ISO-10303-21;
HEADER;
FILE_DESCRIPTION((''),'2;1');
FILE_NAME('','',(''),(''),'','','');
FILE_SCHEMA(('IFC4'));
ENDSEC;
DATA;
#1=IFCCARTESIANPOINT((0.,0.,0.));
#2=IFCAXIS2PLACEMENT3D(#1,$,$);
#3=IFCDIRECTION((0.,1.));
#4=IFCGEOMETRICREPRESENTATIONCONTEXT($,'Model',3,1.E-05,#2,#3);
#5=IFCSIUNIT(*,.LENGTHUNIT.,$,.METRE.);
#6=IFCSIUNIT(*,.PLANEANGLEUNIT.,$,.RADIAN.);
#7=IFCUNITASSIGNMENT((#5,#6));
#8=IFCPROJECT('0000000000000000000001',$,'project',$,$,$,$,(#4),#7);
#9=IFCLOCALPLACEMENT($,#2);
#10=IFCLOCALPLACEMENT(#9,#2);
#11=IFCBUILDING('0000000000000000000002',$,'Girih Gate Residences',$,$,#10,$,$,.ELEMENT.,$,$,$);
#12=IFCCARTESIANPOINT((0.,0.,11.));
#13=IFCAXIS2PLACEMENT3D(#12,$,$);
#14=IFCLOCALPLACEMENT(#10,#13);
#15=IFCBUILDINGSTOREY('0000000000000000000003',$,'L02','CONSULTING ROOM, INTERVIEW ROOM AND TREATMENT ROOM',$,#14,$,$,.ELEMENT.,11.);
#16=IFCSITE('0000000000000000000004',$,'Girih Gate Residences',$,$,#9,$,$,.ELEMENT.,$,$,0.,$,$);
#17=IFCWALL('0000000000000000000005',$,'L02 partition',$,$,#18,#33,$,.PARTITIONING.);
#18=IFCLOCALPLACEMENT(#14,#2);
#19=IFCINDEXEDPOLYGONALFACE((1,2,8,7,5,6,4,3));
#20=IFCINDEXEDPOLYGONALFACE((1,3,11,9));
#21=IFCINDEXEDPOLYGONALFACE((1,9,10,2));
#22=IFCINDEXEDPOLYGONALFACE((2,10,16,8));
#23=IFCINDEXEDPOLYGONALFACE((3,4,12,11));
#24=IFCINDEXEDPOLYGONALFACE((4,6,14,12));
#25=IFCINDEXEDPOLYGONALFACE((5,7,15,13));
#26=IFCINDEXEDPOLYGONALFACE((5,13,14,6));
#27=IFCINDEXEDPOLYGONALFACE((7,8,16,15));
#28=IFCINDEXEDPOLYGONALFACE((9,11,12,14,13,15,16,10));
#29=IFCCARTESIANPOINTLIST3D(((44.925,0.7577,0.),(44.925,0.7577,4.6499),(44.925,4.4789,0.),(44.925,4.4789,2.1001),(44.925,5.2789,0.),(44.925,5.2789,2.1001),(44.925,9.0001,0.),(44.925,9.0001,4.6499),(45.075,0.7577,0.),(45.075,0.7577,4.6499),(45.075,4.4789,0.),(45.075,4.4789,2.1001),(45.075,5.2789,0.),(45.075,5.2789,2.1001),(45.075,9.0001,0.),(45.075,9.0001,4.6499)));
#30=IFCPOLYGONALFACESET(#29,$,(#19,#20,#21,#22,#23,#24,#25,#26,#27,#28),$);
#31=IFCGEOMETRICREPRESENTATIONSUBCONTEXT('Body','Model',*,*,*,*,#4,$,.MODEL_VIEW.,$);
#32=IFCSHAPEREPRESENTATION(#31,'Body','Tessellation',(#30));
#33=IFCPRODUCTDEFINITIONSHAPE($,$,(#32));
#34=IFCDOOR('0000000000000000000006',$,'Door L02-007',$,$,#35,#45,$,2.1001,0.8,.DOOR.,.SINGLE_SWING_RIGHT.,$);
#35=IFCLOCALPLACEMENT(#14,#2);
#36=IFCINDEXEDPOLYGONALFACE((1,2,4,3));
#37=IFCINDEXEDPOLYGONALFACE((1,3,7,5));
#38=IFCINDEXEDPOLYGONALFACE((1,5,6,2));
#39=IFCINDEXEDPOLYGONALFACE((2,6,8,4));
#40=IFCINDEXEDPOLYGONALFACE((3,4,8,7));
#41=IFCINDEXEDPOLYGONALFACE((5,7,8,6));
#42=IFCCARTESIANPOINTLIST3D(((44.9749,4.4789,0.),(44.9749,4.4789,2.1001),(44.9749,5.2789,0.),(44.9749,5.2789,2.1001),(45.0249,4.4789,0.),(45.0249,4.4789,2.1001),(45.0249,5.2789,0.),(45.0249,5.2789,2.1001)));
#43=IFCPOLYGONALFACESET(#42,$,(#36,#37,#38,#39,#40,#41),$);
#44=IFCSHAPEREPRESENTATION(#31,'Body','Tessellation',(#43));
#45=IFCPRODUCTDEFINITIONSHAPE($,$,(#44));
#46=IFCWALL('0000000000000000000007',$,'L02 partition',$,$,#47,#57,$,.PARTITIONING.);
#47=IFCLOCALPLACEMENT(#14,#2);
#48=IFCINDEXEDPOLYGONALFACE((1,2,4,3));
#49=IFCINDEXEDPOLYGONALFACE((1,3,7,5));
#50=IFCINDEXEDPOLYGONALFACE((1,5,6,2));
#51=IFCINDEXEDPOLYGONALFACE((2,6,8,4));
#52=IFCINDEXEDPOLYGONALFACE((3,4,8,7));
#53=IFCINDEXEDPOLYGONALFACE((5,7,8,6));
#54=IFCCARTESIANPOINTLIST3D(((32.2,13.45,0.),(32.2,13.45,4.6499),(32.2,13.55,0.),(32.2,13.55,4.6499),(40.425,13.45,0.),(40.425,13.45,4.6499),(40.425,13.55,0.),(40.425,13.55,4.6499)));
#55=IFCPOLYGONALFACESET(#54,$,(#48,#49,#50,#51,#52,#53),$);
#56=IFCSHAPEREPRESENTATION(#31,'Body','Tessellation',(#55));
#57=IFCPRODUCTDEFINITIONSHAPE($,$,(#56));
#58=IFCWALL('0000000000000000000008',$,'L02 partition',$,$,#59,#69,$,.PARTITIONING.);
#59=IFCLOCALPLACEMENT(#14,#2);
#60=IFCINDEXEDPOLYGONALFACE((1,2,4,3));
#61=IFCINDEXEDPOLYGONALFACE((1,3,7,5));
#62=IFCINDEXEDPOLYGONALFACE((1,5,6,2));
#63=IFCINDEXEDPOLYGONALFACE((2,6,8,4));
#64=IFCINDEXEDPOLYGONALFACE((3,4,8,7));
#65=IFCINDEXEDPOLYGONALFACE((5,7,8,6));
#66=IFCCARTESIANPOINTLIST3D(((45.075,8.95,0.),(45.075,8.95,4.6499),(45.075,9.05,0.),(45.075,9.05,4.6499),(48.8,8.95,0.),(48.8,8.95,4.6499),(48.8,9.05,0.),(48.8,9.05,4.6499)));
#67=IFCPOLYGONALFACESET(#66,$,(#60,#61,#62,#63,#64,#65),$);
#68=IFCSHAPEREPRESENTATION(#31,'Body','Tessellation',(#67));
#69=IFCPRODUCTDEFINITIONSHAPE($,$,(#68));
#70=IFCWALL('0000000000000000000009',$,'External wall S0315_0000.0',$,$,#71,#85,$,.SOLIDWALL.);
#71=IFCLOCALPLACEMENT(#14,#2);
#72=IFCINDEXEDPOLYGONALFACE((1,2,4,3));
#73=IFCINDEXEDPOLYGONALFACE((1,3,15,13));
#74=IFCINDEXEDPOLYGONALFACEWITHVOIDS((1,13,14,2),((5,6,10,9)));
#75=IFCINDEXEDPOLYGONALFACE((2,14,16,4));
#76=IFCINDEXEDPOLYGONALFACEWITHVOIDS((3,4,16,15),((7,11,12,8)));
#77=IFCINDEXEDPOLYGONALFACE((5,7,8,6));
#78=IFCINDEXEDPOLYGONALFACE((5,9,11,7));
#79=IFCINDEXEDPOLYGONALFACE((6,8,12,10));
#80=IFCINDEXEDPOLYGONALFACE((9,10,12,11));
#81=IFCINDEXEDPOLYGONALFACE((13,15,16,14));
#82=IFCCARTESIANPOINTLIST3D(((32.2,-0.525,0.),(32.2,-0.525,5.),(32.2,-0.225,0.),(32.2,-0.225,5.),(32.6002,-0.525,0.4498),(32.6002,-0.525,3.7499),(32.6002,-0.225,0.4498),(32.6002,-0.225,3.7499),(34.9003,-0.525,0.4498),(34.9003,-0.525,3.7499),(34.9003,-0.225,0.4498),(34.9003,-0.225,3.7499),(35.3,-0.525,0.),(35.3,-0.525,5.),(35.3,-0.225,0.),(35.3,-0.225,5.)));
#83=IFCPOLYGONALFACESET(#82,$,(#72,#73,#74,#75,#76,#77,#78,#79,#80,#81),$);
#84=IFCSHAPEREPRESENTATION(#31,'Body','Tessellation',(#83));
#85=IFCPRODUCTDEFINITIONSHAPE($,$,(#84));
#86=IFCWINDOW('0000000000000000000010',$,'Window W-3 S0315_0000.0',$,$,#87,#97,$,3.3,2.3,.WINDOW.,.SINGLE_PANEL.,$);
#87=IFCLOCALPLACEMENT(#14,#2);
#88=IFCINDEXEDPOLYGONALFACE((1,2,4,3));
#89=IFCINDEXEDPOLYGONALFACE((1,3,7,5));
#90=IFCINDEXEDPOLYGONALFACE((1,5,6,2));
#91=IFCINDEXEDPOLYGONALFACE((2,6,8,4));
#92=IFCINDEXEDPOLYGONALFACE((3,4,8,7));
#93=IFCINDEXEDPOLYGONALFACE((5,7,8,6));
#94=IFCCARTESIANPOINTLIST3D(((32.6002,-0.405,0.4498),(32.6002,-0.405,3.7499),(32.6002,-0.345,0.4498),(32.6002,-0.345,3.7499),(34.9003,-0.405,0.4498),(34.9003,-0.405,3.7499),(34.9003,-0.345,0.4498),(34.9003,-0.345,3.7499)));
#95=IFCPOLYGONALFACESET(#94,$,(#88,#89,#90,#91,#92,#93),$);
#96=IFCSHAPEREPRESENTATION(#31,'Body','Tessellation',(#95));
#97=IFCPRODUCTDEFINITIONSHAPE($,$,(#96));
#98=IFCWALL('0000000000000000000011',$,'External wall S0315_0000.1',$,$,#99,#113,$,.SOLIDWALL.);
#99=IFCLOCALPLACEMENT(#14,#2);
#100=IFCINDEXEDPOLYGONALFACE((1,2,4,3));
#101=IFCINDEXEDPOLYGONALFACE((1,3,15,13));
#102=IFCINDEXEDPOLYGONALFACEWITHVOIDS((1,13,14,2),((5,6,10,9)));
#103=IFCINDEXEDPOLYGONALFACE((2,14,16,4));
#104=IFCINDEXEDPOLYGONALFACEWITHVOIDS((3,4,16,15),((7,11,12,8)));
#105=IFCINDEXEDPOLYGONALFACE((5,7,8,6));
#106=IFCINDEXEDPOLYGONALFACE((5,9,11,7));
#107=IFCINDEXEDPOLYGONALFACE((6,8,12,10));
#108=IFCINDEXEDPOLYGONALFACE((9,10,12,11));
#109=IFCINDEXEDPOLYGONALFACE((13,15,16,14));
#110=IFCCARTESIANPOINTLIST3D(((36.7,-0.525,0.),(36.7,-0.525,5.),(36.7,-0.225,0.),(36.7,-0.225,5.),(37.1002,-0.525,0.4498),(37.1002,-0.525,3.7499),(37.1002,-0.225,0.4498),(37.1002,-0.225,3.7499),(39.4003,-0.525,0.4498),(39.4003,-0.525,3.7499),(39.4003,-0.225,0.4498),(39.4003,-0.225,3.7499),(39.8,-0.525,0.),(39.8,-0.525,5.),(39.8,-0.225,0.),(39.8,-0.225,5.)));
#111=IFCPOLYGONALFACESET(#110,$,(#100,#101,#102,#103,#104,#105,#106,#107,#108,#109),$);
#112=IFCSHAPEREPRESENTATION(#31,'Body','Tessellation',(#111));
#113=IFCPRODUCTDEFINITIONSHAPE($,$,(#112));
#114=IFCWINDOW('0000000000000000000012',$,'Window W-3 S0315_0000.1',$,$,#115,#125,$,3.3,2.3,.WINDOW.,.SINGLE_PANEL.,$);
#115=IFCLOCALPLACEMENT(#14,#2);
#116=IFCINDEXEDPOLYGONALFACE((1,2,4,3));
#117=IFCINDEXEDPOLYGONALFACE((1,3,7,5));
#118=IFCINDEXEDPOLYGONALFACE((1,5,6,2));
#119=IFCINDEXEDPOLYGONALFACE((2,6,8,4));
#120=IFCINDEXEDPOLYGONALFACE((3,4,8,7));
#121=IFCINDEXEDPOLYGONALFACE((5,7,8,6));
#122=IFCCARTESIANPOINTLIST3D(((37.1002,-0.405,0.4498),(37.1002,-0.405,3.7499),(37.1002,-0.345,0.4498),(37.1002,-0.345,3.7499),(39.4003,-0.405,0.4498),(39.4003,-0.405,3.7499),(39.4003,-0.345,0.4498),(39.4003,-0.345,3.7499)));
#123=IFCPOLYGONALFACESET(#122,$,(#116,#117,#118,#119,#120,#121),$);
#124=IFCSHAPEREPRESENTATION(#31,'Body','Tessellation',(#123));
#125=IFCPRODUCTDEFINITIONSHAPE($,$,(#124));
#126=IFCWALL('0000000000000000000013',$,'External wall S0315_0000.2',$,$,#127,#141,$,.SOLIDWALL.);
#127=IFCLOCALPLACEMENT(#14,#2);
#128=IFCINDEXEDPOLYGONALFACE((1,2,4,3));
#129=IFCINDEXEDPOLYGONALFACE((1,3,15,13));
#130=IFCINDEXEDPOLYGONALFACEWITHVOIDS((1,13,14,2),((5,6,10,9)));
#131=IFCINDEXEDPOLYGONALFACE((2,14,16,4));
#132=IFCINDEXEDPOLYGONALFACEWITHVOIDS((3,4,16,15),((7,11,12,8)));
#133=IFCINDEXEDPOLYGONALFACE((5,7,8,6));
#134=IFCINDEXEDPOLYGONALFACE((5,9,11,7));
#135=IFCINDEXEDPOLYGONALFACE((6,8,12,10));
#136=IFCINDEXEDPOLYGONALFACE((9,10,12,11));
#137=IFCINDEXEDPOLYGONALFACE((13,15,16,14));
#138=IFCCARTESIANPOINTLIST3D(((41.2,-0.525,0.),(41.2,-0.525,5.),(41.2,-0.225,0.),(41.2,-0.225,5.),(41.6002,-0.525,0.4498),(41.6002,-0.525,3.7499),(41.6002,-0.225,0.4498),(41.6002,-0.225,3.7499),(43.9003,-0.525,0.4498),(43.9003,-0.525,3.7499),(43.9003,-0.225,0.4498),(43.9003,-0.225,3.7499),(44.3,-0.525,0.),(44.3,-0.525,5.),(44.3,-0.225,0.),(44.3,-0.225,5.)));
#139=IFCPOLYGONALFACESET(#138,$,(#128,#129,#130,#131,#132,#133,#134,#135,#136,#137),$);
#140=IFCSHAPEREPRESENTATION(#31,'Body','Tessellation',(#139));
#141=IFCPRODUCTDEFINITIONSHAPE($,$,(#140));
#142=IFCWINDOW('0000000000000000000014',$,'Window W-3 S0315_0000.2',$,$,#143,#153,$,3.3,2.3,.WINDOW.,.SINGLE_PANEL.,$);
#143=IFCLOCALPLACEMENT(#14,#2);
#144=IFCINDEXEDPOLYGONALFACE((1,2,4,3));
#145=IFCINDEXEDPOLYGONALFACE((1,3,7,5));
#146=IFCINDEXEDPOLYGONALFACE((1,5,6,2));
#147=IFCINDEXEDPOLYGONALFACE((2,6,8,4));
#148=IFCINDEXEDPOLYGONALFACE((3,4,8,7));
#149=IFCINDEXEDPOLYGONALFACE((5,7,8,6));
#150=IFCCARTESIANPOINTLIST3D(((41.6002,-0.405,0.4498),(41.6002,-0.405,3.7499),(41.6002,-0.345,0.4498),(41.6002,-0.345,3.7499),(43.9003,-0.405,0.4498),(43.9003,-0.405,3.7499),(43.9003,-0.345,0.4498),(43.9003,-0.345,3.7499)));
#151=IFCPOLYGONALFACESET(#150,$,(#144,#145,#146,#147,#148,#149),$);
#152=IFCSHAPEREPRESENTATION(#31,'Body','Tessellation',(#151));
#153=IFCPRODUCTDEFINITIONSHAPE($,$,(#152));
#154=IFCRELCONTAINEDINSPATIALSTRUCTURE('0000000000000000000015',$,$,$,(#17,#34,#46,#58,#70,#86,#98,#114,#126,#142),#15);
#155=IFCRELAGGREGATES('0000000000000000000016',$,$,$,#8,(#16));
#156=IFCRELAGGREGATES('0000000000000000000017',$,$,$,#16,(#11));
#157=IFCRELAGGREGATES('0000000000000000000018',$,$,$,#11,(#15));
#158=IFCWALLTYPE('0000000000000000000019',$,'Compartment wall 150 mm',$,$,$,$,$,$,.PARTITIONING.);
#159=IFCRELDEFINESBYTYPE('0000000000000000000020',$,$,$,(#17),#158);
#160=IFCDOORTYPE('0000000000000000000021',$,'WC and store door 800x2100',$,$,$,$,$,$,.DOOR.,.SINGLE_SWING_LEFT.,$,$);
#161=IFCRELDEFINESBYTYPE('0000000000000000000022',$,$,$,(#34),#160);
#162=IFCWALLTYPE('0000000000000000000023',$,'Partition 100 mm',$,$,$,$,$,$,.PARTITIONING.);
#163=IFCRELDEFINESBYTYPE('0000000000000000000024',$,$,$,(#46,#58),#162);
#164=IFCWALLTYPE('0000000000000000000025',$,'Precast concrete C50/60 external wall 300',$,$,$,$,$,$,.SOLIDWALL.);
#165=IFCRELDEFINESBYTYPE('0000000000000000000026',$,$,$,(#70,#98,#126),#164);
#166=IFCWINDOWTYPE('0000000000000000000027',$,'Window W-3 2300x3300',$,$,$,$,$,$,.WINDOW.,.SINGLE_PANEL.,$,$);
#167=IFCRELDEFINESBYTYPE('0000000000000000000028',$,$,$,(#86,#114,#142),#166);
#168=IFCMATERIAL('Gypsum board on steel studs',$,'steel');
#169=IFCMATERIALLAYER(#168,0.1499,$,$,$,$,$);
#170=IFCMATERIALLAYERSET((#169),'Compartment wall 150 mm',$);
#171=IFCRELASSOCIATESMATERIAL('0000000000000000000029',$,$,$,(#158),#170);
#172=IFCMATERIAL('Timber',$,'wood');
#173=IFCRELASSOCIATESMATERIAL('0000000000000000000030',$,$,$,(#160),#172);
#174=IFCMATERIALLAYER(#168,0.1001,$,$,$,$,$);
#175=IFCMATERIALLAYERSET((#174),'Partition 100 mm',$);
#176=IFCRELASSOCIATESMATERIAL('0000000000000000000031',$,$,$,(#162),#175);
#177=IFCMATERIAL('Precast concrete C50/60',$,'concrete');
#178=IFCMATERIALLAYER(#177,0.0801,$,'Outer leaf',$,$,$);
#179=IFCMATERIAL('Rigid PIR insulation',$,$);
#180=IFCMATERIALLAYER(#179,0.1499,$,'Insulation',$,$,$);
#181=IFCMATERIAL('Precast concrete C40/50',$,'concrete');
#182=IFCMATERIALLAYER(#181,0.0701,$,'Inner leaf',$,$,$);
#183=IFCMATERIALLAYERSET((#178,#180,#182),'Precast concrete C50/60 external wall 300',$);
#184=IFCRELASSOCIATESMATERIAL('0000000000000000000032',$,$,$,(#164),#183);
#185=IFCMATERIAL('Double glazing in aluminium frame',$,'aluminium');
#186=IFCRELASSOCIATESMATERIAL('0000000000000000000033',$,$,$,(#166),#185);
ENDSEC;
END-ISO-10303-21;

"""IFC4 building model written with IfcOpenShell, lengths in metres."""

from ifc_helpers import new_model, si_unit, direction, frame, frame_2d, origin, place, context, subcontext, project, spatial, rectangle, extrude, material, layer, layer_set, type_object, element, fill, save


model = new_model("IFC4")

# Units and contexts
model_context = context("Model", 3, precision=1e-05, world=origin(), true_north=direction((0.0, 1.0)))
body_context = subcontext(model_context, "Body", "Model", "MODEL_VIEW")
ifc_project = project(units=[si_unit("LENGTHUNIT", "METRE"), si_unit("PLANEANGLEUNIT", "RADIAN")], contexts=[model_context])

# Site, building, storey
site_placement = place(None, origin())
site = spatial("IfcSite", under=ifc_project, at=site_placement, Name="Girih Gate Residences", CompositionType="ELEMENT", RefElevation=0.0)
building_placement = place(site_placement, origin())
building = spatial("IfcBuilding", under=site, at=building_placement, Name="Girih Gate Residences", CompositionType="ELEMENT")
storey_placement = place(building_placement, frame((0.0, 0.0, 11.0)))
storey = spatial("IfcBuildingStorey", under=building, at=storey_placement, Name="L02", Description="CONSULTING ROOM, INTERVIEW ROOM AND TREATMENT ROOM", CompositionType="ELEMENT", Elevation=11.0)

# Wall, opening, door
ifc_material_1 = material(Name="Gypsum board on steel studs", Category="steel")
ifc_layer_1 = layer(ifc_material_1, 0.1499)
ifc_layer_set_1 = layer_set([ifc_layer_1], Name="Compartment wall 150 mm")
wall_type_1 = type_object("IfcWallType", Name="Compartment wall 150 mm", PredefinedType="PARTITIONING", material=ifc_layer_set_1)
wall_1_placement = place(storey_placement, frame((45.0, 9.0, 0.0), z_axis=(0.0, 0.0, 1.0), x_axis=(0.0, -1.0, 0.0)))
wall_1 = element("IfcWall", 1, at=wall_1_placement, inside=storey, type_object=wall_type_1, Name="L02 partition", PredefinedType="PARTITIONING", context=body_context, shape_type="SweptSolid", body=[
    extrude(rectangle(XDim=8.2424, YDim=0.1499, at=frame_2d((4.1211, 0.0))), origin(), (0.0, 0.0, 1.0), 4.6499),
])
opening_1_placement = place(wall_1_placement, frame((3.7212, 0.0, 0.0)))
opening_1 = element("IfcOpeningElement", 2, at=opening_1_placement, cuts=wall_1, PredefinedType="OPENING", context=body_context, shape_type="SweptSolid", body=[
    extrude(rectangle(XDim=0.8, YDim=2.1001, at=frame_2d((0.3999, 1.05))), frame((0.0, 0.085, 0.0), z_axis=(0.0, -1.0, 0.0), x_axis=(1.0, 0.0, 0.0)), (0.0, 0.0, 1.0), 0.1699),
])
ifc_material_2 = material(Name="Timber", Category="wood")
door_type_1 = type_object("IfcDoorType", Name="WC and store door 800x2100", OperationType="SINGLE_SWING_LEFT", PredefinedType="DOOR", material=ifc_material_2)
door_1_placement = place(opening_1_placement, origin())
door_1 = element("IfcDoor", 3, at=door_1_placement, inside=storey, type_object=door_type_1, Name="Door L02-007", OperationType="SINGLE_SWING_RIGHT", OverallHeight=2.1001, OverallWidth=0.8, PredefinedType="DOOR", context=body_context, shape_type="SweptSolid", body=[
    extrude(rectangle(XDim=0.8, YDim=2.1001, at=frame_2d((0.3999, 1.05))), frame((0.0, 0.0249, 0.0), z_axis=(0.0, -1.0, 0.0), x_axis=(1.0, 0.0, 0.0)), (0.0, 0.0, 1.0), 0.05),
])
fill(opening_1, door_1)

# Walls
ifc_layer_2 = layer(ifc_material_1, 0.1001)
ifc_layer_set_2 = layer_set([ifc_layer_2], Name="Partition 100 mm")
wall_type_2 = type_object("IfcWallType", Name="Partition 100 mm", PredefinedType="PARTITIONING", material=ifc_layer_set_2)
wall_2_placement = place(storey_placement, frame((32.2, 13.5, 0.0), z_axis=(0.0, 0.0, 1.0), x_axis=(1.0, 0.0, 0.0)))
element("IfcWall", 4, at=wall_2_placement, inside=storey, type_object=wall_type_2, Name="L02 partition", PredefinedType="PARTITIONING", context=body_context, shape_type="SweptSolid", body=[
    extrude(rectangle(XDim=8.2251, YDim=0.1001, at=frame_2d((4.1125, 0.0))), origin(), (0.0, 0.0, 1.0), 4.6499),
])
wall_3_placement = place(storey_placement, frame((45.075, 9.0, 0.0), z_axis=(0.0, 0.0, 1.0), x_axis=(1.0, 0.0, 0.0)))
element("IfcWall", 5, at=wall_3_placement, inside=storey, type_object=wall_type_2, Name="L02 partition", PredefinedType="PARTITIONING", context=body_context, shape_type="SweptSolid", body=[
    extrude(rectangle(XDim=3.7251, YDim=0.1001, at=frame_2d((1.8625, 0.0))), origin(), (0.0, 0.0, 1.0), 4.6499),
])

# Walls, openings, windows
ifc_material_3 = material(Name="Precast concrete C50/60", Category="concrete")
ifc_layer_3 = layer(ifc_material_3, 0.0801, Name="Outer leaf")
ifc_material_4 = material(Name="Rigid PIR insulation")
ifc_layer_4 = layer(ifc_material_4, 0.1499, Name="Insulation")
ifc_material_5 = material(Name="Precast concrete C40/50", Category="concrete")
ifc_layer_5 = layer(ifc_material_5, 0.0701, Name="Inner leaf")
ifc_layer_set_3 = layer_set([ifc_layer_3, ifc_layer_4, ifc_layer_5], Name="Precast concrete C50/60 external wall 300")
wall_type_3 = type_object("IfcWallType", Name="Precast concrete C50/60 external wall 300", PredefinedType="SOLIDWALL", material=ifc_layer_set_3)
wall_4_placement = place(storey_placement, frame((35.3, -0.375, 0.0), z_axis=(0.0, 0.0, 1.0), x_axis=(-1.0, 0.0, 0.0)))
wall_4 = element("IfcWall", 6, at=wall_4_placement, inside=storey, type_object=wall_type_3, Name="External wall S0315_0000.0", PredefinedType="SOLIDWALL", context=body_context, shape_type="SweptSolid", body=[
    extrude(rectangle(XDim=3.1001, YDim=0.3, at=frame_2d((1.55, 0.0))), origin(), (0.0, 0.0, 1.0), 5.0),
])
opening_2_placement = place(wall_4_placement, frame((0.3999, 0.0, 0.45)))
opening_2 = element("IfcOpeningElement", 7, at=opening_2_placement, cuts=wall_4, PredefinedType="OPENING", context=body_context, shape_type="SweptSolid", body=[
    extrude(rectangle(XDim=2.3, YDim=3.3, at=frame_2d((1.1499, 1.6499))), frame((0.0, 0.1599, 0.0), z_axis=(0.0, -1.0, 0.0), x_axis=(1.0, 0.0, 0.0)), (0.0, 0.0, 1.0), 0.3201),
])
ifc_material_6 = material(Name="Double glazing in aluminium frame", Category="aluminium")
window_type_1 = type_object("IfcWindowType", Name="Window W-3 2300x3300", PartitioningType="SINGLE_PANEL", PredefinedType="WINDOW", material=ifc_material_6)
window_1_placement = place(opening_2_placement, origin())
window_1 = element("IfcWindow", 8, at=window_1_placement, inside=storey, type_object=window_type_1, Name="Window W-3 S0315_0000.0", OverallHeight=3.3, OverallWidth=2.3, PartitioningType="SINGLE_PANEL", PredefinedType="WINDOW", context=body_context, shape_type="SweptSolid", body=[
    extrude(rectangle(XDim=2.3, YDim=3.3, at=frame_2d((1.1499, 1.6499))), frame((0.0, 0.03, 0.0), z_axis=(0.0, -1.0, 0.0), x_axis=(1.0, 0.0, 0.0)), (0.0, 0.0, 1.0), 0.0601),
])
fill(opening_2, window_1)
wall_5_placement = place(storey_placement, frame((39.8, -0.375, 0.0), z_axis=(0.0, 0.0, 1.0), x_axis=(-1.0, 0.0, 0.0)))
wall_5 = element("IfcWall", 9, at=wall_5_placement, inside=storey, type_object=wall_type_3, Name="External wall S0315_0000.1", PredefinedType="SOLIDWALL", context=body_context, shape_type="SweptSolid", body=[
    extrude(rectangle(XDim=3.1001, YDim=0.3, at=frame_2d((1.55, 0.0))), origin(), (0.0, 0.0, 1.0), 5.0),
])
opening_3_placement = place(wall_5_placement, frame((0.3999, 0.0, 0.45)))
opening_3 = element("IfcOpeningElement", 10, at=opening_3_placement, cuts=wall_5, PredefinedType="OPENING", context=body_context, shape_type="SweptSolid", body=[
    extrude(rectangle(XDim=2.3, YDim=3.3, at=frame_2d((1.1499, 1.6499))), frame((0.0, 0.1599, 0.0), z_axis=(0.0, -1.0, 0.0), x_axis=(1.0, 0.0, 0.0)), (0.0, 0.0, 1.0), 0.3201),
])
window_2_placement = place(opening_3_placement, origin())
window_2 = element("IfcWindow", 11, at=window_2_placement, inside=storey, type_object=window_type_1, Name="Window W-3 S0315_0000.1", OverallHeight=3.3, OverallWidth=2.3, PartitioningType="SINGLE_PANEL", PredefinedType="WINDOW", context=body_context, shape_type="SweptSolid", body=[
    extrude(rectangle(XDim=2.3, YDim=3.3, at=frame_2d((1.1499, 1.6499))), frame((0.0, 0.03, 0.0), z_axis=(0.0, -1.0, 0.0), x_axis=(1.0, 0.0, 0.0)), (0.0, 0.0, 1.0), 0.0601),
])
fill(opening_3, window_2)
wall_6_placement = place(storey_placement, frame((44.3, -0.375, 0.0), z_axis=(0.0, 0.0, 1.0), x_axis=(-1.0, 0.0, 0.0)))
wall_6 = element("IfcWall", 12, at=wall_6_placement, inside=storey, type_object=wall_type_3, Name="External wall S0315_0000.2", PredefinedType="SOLIDWALL", context=body_context, shape_type="SweptSolid", body=[
    extrude(rectangle(XDim=3.1001, YDim=0.3, at=frame_2d((1.55, 0.0))), origin(), (0.0, 0.0, 1.0), 5.0),
])
opening_4_placement = place(wall_6_placement, frame((0.3999, 0.0, 0.45)))
opening_4 = element("IfcOpeningElement", 13, at=opening_4_placement, cuts=wall_6, PredefinedType="OPENING", context=body_context, shape_type="SweptSolid", body=[
    extrude(rectangle(XDim=2.3, YDim=3.3, at=frame_2d((1.1499, 1.6499))), frame((0.0, 0.1599, 0.0), z_axis=(0.0, -1.0, 0.0), x_axis=(1.0, 0.0, 0.0)), (0.0, 0.0, 1.0), 0.3201),
])
window_3_placement = place(opening_4_placement, origin())
window_3 = element("IfcWindow", 14, at=window_3_placement, inside=storey, type_object=window_type_1, Name="Window W-3 S0315_0000.2", OverallHeight=3.3, OverallWidth=2.3, PartitioningType="SINGLE_PANEL", PredefinedType="WINDOW", context=body_context, shape_type="SweptSolid", body=[
    extrude(rectangle(XDim=2.3, YDim=3.3, at=frame_2d((1.1499, 1.6499))), frame((0.0, 0.03, 0.0), z_axis=(0.0, -1.0, 0.0), x_axis=(1.0, 0.0, 0.0)), (0.0, 0.0, 1.0), 0.0601),
])
fill(opening_4, window_3)

save(model, "model.ifc")
